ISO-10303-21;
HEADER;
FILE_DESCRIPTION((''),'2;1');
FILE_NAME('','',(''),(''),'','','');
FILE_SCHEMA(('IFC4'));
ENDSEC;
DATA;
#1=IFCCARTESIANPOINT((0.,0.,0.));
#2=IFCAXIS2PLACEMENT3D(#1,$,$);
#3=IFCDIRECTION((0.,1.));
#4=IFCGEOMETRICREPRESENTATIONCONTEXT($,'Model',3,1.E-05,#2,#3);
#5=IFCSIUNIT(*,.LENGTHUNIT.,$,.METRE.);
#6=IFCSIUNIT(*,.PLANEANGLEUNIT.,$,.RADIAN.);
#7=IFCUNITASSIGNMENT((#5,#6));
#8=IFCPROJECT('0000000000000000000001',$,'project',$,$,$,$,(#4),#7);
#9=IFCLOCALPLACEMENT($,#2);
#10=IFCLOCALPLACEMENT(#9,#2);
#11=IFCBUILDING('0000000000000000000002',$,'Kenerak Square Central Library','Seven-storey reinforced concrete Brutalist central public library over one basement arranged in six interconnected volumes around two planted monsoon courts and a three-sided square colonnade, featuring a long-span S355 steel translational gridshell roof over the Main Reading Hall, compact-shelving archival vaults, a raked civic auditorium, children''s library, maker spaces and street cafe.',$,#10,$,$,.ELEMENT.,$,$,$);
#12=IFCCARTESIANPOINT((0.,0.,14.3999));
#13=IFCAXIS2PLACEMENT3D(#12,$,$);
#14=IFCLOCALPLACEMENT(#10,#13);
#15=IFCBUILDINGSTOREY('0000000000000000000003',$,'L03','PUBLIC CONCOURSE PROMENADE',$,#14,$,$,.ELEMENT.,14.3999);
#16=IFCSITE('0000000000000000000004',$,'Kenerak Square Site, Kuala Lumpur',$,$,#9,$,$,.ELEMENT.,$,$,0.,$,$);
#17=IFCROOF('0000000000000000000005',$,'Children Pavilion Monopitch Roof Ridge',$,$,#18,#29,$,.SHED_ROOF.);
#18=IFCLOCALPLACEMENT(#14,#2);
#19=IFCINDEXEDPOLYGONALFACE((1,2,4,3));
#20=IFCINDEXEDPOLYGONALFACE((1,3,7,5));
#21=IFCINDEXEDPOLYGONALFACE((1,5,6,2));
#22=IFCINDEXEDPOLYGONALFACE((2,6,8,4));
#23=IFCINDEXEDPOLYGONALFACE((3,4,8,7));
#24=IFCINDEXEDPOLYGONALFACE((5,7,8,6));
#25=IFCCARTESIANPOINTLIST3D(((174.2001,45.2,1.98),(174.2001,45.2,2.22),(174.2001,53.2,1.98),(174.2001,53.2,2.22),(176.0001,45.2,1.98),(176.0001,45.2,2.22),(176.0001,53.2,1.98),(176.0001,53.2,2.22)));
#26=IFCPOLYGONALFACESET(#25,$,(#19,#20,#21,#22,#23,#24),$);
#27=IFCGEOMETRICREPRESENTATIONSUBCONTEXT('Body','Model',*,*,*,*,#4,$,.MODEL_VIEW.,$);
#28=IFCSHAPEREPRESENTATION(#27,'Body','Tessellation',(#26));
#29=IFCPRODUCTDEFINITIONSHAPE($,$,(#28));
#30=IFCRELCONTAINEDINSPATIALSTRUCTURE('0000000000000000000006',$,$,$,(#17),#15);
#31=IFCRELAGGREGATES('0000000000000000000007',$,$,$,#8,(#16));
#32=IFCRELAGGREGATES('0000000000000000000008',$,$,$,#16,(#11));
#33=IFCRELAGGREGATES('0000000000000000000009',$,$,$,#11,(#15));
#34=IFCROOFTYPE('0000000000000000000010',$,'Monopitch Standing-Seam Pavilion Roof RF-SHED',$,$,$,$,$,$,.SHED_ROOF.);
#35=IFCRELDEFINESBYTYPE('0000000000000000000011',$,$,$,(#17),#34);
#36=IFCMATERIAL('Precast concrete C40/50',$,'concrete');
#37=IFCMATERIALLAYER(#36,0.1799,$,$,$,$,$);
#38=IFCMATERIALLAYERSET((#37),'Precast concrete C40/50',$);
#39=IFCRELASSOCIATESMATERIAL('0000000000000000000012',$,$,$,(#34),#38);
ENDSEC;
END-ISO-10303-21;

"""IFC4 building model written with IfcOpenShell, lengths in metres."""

from ifc_helpers import new_model, si_unit, direction, frame, origin, origin_2d, place, context, subcontext, project, spatial, rectangle, extrude, material, layer, layer_set, type_object, element, save


model = new_model("IFC4")

# Units and contexts
model_context = context("Model", 3, precision=1e-05, world=origin(), true_north=direction((0.0, 1.0)))
body_context = subcontext(model_context, "Body", "Model", "MODEL_VIEW")
ifc_project = project(units=[si_unit("LENGTHUNIT", "METRE"), si_unit("PLANEANGLEUNIT", "RADIAN")], contexts=[model_context])

# Site, building, storey
site_placement = place(None, origin())
site = spatial("IfcSite", under=ifc_project, at=site_placement, Name="Kenerak Square Site, Kuala Lumpur", CompositionType="ELEMENT", RefElevation=0.0)
building_placement = place(site_placement, origin())
building = spatial("IfcBuilding", under=site, at=building_placement, Name="Kenerak Square Central Library", Description="Seven-storey reinforced concrete Brutalist central public library over one basement arranged in six interconnected volumes around two planted monsoon courts and a three-sided square colonnade, featuring a long-span S355 steel translational gridshell roof over the Main Reading Hall, compact-shelving archival vaults, a raked civic auditorium, children's library, maker spaces and street cafe.", CompositionType="ELEMENT")
storey_placement = place(building_placement, frame((0.0, 0.0, 14.3999)))
storey = spatial("IfcBuildingStorey", under=building, at=storey_placement, Name="L03", Description="PUBLIC CONCOURSE PROMENADE", CompositionType="ELEMENT", Elevation=14.3999)

# Shared definitions
ifc_material_1 = material(Name="Precast concrete C40/50", Category="concrete")

# Roof
ifc_layer_1 = layer(ifc_material_1, 0.1799)
ifc_layer_set_1 = layer_set([ifc_layer_1], Name="Precast concrete C40/50")
roof_type = type_object("IfcRoofType", Name="Monopitch Standing-Seam Pavilion Roof RF-SHED", PredefinedType="SHED_ROOF", material=ifc_layer_set_1)
roof_placement = place(storey_placement, frame((175.1001, 49.2, 1.98), z_axis=(0.0, 0.0, 1.0), x_axis=(1.0, 0.0, 0.0)))
element("IfcRoof", 1, at=roof_placement, inside=storey, type_object=roof_type, Name="Children Pavilion Monopitch Roof Ridge", PredefinedType="SHED_ROOF", context=body_context, shape_type="SweptSolid", body=[
    extrude(rectangle(XDim=1.8, YDim=8.0, at=origin_2d()), origin(), (0.0, 0.0, 1.0), 0.24),
])

save(model, "model.ifc")
